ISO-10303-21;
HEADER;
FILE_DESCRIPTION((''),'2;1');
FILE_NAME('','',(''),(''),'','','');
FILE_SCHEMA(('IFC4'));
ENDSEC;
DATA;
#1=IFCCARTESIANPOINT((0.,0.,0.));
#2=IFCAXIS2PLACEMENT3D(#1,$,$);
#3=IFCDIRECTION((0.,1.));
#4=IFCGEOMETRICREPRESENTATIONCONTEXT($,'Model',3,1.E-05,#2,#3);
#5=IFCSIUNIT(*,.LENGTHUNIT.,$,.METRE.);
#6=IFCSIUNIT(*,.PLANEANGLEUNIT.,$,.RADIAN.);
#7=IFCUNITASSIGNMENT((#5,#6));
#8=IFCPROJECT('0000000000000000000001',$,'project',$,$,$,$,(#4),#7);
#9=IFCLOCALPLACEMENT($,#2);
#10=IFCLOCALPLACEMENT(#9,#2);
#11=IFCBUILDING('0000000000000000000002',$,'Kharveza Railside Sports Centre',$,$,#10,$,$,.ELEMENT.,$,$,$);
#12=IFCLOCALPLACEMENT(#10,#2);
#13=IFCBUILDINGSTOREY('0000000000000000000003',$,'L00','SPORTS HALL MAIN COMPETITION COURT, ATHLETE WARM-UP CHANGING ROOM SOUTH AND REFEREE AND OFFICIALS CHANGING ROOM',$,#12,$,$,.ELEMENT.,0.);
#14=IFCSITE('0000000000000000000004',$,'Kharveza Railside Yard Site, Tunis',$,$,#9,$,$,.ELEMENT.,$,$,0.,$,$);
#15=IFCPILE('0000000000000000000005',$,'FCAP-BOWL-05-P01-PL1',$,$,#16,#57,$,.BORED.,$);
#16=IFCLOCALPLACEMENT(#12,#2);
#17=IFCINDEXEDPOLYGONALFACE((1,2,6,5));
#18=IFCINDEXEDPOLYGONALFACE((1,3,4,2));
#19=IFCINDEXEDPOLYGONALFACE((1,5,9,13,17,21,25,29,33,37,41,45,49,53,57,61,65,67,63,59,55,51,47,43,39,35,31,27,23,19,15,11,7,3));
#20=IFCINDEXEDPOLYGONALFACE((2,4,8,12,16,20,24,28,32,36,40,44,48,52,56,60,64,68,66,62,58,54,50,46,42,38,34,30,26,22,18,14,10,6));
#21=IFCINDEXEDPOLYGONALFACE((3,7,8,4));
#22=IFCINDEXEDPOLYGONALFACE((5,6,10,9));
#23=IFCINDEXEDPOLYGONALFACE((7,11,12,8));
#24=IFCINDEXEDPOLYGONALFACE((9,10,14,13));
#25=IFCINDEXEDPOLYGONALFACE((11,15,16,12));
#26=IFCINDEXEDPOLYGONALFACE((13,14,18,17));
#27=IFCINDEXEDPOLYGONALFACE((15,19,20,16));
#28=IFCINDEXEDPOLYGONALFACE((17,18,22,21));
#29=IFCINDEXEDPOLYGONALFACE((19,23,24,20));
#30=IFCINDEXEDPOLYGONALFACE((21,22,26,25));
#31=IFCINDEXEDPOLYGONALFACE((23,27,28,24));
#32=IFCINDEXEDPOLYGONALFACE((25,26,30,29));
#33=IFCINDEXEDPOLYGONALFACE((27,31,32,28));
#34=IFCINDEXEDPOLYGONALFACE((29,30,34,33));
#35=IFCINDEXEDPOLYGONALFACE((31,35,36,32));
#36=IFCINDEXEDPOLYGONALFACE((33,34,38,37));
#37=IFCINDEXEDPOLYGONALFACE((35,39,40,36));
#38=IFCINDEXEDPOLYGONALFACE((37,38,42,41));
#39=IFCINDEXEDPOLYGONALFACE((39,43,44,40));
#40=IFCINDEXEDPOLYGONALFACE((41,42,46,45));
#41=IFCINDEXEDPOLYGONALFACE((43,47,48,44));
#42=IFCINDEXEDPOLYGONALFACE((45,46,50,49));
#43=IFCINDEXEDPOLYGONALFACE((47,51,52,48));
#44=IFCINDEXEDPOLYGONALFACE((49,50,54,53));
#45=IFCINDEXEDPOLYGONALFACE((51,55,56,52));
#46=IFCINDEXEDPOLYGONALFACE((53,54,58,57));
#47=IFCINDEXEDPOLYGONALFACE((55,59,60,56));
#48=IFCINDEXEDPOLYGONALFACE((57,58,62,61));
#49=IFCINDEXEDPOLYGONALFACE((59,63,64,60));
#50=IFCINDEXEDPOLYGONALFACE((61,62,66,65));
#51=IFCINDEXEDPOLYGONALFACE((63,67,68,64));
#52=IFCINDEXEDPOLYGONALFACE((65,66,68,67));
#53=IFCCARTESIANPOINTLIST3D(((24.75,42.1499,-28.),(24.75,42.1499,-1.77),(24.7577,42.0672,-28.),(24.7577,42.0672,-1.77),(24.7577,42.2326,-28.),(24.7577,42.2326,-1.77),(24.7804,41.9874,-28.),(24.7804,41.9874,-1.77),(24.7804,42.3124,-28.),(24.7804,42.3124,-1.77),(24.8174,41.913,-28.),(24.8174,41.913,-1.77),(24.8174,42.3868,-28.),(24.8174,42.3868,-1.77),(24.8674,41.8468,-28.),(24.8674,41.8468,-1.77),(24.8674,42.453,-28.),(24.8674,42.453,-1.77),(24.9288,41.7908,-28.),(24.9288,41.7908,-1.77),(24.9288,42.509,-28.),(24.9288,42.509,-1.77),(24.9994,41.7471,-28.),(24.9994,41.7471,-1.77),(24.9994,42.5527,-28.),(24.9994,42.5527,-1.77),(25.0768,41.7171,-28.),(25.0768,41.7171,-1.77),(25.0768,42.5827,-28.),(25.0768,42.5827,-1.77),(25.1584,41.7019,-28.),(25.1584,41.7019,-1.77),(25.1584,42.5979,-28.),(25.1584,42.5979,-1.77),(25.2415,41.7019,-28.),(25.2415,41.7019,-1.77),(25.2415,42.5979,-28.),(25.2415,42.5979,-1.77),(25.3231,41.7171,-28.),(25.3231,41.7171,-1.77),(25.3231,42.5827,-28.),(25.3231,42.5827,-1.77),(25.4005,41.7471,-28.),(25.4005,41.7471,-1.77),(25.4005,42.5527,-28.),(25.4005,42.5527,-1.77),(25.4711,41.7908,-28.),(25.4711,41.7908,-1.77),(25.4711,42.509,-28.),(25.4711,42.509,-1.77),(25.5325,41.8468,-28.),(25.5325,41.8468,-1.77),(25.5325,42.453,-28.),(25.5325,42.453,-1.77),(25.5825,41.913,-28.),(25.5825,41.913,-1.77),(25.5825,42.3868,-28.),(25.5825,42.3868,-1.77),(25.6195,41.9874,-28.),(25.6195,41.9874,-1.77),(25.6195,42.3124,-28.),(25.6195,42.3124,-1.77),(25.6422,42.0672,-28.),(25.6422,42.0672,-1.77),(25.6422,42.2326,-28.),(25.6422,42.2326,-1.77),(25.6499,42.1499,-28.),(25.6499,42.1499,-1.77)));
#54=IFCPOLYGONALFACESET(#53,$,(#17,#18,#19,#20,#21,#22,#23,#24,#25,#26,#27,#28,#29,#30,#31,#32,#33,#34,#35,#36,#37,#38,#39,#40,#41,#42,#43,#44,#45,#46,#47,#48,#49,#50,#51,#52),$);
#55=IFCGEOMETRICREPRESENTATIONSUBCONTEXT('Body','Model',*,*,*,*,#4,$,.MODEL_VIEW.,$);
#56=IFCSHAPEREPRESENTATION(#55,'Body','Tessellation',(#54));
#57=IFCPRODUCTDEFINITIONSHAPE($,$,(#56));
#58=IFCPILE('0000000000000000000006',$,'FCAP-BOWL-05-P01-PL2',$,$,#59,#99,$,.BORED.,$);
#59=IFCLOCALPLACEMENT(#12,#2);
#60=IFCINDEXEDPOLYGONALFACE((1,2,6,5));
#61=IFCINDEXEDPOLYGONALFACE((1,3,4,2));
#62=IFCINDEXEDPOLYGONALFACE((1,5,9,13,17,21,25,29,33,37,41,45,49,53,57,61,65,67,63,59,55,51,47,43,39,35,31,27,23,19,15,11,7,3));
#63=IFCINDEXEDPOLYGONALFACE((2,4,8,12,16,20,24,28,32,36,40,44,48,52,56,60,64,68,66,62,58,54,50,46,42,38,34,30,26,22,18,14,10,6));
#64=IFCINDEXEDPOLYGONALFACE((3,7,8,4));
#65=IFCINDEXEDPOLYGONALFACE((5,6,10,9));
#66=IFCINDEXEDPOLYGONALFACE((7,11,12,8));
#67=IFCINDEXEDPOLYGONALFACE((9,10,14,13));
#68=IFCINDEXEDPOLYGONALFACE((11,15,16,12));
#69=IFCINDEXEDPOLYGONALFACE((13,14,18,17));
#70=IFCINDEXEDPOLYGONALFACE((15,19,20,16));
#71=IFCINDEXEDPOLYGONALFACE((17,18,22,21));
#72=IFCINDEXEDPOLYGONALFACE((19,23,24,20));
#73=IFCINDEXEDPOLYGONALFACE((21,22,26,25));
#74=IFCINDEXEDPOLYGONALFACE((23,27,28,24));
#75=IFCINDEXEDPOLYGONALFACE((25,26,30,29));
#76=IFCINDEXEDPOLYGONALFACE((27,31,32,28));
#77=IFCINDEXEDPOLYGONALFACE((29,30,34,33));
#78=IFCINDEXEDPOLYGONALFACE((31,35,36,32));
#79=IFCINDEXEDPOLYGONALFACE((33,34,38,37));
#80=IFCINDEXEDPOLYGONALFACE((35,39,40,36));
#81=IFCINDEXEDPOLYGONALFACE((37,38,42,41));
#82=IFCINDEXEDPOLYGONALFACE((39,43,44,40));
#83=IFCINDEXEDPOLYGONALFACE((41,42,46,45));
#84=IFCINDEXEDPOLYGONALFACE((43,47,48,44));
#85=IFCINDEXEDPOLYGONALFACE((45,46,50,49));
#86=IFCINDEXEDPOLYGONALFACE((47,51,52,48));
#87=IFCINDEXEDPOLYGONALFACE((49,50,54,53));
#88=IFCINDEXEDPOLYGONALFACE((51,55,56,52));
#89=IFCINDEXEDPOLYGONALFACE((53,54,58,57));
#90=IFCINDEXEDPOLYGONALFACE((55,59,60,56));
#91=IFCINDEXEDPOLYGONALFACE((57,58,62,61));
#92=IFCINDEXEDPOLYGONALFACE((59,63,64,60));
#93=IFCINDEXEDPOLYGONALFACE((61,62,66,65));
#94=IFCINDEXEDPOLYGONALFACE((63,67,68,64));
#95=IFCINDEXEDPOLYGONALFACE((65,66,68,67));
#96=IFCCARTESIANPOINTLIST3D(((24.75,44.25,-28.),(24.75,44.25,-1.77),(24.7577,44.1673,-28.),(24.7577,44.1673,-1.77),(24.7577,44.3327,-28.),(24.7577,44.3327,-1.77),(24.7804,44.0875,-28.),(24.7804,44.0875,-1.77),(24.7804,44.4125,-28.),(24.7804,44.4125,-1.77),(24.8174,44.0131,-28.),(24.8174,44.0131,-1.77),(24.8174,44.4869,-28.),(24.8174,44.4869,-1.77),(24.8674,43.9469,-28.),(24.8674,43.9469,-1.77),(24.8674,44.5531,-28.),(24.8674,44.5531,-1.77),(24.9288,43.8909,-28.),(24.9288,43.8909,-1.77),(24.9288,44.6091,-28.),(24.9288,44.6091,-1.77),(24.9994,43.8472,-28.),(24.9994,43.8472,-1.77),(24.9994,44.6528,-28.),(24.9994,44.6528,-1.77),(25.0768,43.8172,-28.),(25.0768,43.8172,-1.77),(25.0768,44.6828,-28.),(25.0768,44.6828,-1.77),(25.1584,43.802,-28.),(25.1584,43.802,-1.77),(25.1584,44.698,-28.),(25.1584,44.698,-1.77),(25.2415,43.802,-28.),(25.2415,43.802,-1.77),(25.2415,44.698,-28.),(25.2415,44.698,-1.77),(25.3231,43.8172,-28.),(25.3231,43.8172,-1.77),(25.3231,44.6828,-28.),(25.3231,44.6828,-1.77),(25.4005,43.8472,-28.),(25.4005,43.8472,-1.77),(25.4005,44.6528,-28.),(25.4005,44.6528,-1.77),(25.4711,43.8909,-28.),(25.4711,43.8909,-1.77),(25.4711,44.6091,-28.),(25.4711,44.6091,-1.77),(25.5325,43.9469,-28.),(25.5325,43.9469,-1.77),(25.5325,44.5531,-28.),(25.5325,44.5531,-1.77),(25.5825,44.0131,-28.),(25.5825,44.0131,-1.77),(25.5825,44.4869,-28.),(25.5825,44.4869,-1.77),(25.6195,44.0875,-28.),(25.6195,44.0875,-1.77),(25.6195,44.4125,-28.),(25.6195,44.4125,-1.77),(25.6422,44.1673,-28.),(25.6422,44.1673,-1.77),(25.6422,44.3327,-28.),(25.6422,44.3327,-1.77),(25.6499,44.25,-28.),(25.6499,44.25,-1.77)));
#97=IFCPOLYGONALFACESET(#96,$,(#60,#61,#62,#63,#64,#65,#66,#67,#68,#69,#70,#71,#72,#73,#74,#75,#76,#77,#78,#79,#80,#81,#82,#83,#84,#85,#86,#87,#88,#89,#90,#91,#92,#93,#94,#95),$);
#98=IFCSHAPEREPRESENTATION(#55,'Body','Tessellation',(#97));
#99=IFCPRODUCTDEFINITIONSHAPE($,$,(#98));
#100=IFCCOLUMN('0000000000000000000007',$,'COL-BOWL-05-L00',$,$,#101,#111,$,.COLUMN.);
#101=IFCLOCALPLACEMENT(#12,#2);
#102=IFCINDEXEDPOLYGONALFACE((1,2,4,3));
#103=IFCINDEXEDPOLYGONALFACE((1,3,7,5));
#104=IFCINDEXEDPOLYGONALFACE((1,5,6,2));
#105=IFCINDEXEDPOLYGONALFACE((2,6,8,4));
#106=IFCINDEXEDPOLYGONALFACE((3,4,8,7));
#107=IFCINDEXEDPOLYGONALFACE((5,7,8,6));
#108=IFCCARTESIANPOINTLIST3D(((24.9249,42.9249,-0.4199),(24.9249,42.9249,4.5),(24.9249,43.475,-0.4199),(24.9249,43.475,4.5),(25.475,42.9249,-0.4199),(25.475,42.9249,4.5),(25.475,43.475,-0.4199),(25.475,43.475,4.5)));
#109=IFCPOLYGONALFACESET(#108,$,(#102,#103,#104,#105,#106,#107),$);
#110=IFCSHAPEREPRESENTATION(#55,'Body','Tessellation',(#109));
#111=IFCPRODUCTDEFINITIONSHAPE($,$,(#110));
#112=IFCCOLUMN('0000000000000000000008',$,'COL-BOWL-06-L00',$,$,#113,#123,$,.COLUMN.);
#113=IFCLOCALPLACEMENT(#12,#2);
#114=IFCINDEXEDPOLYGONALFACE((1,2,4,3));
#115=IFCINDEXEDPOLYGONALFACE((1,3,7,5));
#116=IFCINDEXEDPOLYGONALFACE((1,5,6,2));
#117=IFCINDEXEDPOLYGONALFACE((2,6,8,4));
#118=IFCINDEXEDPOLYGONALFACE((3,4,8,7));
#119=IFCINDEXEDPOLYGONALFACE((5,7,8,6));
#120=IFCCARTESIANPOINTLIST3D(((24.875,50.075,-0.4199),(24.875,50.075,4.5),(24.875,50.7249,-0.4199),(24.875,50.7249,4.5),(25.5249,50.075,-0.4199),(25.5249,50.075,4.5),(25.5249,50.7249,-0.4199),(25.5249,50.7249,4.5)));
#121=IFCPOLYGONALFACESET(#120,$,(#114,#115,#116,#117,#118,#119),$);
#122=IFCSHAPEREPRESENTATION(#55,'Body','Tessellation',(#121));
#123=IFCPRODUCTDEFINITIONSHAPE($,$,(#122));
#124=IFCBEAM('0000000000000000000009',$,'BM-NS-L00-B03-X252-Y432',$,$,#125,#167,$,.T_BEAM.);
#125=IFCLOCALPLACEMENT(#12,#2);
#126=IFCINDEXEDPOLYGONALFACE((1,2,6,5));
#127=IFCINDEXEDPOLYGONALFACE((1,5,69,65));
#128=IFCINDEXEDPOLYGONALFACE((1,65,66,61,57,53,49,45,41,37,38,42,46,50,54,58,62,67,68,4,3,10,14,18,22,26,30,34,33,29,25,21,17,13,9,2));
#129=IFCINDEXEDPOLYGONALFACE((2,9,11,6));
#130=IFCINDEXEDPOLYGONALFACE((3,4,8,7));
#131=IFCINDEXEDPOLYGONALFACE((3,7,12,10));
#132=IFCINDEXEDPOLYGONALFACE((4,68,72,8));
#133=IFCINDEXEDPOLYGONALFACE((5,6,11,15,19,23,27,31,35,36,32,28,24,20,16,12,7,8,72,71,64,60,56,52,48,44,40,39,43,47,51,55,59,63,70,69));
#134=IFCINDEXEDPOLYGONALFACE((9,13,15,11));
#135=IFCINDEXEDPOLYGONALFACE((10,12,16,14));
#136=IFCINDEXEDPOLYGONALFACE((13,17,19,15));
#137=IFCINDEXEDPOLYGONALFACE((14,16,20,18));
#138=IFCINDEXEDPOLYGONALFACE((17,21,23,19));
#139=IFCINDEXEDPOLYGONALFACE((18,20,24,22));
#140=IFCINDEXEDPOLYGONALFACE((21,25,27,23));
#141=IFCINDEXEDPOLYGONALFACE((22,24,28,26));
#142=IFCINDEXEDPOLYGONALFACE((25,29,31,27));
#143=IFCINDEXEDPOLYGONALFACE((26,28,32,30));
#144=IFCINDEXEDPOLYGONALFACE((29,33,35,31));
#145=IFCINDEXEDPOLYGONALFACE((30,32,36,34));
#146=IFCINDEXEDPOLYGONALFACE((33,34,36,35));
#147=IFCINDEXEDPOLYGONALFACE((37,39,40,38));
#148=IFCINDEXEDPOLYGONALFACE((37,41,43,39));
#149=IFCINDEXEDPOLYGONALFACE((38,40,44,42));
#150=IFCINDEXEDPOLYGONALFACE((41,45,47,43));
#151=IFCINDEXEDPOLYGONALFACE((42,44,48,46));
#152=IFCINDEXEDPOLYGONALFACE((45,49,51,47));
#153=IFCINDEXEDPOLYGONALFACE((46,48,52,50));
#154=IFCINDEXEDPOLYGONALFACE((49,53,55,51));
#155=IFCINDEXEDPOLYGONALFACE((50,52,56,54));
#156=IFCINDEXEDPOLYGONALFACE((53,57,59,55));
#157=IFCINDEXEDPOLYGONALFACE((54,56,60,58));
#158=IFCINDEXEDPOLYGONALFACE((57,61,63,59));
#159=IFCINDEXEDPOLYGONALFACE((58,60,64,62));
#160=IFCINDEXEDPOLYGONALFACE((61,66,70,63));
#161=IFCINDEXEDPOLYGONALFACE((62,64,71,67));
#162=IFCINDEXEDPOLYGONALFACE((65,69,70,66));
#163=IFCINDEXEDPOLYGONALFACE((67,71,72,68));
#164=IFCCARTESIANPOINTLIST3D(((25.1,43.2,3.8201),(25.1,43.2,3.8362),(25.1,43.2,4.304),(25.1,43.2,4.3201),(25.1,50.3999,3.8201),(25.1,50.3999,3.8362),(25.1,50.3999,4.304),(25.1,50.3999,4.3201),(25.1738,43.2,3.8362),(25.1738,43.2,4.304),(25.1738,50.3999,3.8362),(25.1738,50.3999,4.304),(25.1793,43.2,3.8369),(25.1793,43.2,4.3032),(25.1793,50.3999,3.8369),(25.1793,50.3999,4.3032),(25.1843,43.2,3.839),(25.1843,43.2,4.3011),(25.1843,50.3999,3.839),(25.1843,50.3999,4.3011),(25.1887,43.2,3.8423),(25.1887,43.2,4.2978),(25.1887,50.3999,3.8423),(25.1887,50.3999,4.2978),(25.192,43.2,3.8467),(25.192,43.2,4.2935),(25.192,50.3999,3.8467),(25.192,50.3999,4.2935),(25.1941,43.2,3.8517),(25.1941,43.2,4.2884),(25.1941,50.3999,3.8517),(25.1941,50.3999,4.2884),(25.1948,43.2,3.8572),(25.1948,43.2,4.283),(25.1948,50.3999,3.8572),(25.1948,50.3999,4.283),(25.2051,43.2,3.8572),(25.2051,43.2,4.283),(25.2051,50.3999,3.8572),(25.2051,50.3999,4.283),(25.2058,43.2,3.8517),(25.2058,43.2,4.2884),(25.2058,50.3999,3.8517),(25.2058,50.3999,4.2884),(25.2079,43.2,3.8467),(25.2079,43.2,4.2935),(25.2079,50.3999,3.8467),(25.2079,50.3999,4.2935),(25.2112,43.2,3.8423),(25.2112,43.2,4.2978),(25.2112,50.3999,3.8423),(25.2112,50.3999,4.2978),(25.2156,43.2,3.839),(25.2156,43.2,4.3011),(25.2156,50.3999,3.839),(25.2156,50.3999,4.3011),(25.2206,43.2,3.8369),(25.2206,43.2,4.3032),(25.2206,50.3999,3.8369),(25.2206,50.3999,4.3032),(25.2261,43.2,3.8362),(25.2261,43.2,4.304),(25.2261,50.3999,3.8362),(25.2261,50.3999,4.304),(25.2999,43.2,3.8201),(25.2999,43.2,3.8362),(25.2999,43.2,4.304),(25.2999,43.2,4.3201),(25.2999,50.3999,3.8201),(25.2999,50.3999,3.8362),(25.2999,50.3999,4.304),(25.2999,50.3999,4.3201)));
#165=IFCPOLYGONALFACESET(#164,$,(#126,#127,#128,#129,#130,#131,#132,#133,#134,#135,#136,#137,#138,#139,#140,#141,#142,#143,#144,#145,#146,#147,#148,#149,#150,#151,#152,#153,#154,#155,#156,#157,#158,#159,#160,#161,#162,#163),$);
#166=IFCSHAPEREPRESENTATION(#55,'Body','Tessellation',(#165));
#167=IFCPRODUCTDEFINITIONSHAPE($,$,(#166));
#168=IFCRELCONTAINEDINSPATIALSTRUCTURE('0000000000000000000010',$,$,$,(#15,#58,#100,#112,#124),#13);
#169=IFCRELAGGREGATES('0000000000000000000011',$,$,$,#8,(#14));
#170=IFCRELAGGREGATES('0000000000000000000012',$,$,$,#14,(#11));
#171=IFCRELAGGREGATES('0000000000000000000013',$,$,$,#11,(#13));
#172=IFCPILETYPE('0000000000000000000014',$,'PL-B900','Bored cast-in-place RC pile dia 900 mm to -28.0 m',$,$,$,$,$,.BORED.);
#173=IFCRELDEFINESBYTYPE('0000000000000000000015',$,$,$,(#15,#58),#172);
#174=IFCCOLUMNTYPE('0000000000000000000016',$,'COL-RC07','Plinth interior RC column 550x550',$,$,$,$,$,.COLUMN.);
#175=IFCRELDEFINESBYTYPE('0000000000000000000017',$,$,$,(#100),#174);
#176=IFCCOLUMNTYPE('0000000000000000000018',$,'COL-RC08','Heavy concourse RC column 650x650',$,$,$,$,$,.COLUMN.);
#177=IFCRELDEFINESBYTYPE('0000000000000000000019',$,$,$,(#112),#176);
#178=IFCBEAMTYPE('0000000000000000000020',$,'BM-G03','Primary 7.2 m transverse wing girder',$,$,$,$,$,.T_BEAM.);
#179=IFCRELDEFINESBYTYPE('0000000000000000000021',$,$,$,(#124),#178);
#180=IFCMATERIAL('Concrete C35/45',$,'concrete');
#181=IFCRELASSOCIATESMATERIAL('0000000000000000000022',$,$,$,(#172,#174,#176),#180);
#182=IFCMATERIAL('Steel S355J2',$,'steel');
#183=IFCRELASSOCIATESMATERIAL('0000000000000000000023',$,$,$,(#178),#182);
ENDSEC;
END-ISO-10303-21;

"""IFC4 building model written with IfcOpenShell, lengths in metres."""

from ifc_helpers import new_model, si_unit, direction, frame, origin, origin_2d, place, context, subcontext, project, spatial, rectangle, circle, i_section, extrude, material, material_profile, profile_set, type_object, element, save


model = new_model("IFC4")

# Units and contexts
model_context = context("Model", 3, precision=1e-05, world=origin(), true_north=direction((0.0, 1.0)))
body_context = subcontext(model_context, "Body", "Model", "MODEL_VIEW")
ifc_project = project(units=[si_unit("LENGTHUNIT", "METRE"), si_unit("PLANEANGLEUNIT", "RADIAN")], contexts=[model_context])

# Site, building, storey
site_placement = place(None, origin())
site = spatial("IfcSite", under=ifc_project, at=site_placement, Name="Kharveza Railside Yard Site, Tunis", CompositionType="ELEMENT", RefElevation=0.0)
building_placement = place(site_placement, origin())
building = spatial("IfcBuilding", under=site, at=building_placement, Name="Kharveza Railside Sports Centre", CompositionType="ELEMENT")
storey_placement = place(building_placement, origin())
storey = spatial("IfcBuildingStorey", under=building, at=storey_placement, Name="L00", Description="SPORTS HALL MAIN COMPETITION COURT, ATHLETE WARM-UP CHANGING ROOM SOUTH AND REFEREE AND OFFICIALS CHANGING ROOM", CompositionType="ELEMENT", Elevation=0.0)

# Shared definitions
ifc_material_1 = material(Name="Concrete C35/45", Category="concrete")

# Piles
ifc_material_profile_1 = material_profile(ifc_material_1, circle(Radius=0.45, at=origin_2d()), Name="PILE D900")
ifc_profile_set_1 = profile_set([ifc_material_profile_1], Name="Concrete C35/45")
pile_type_1 = type_object("IfcPileType", Name="PL-B900", Description="Bored cast-in-place RC pile dia 900 mm to -28.0 m", PredefinedType="BORED", material=ifc_profile_set_1)
for number, where, z_axis, x_axis, name in (
    (1, (25.2, 42.1499, -1.77), (0.0, 0.0, -1.0), (1.0, 0.0, 0.0), "FCAP-BOWL-05-P01-PL1"),
    (2, (25.2, 44.25, -1.77), (0.0, 0.0, -1.0), (1.0, 0.0, 0.0), "FCAP-BOWL-05-P01-PL2"),
):
    element("IfcPile", number, at=place(storey_placement, frame(where, z_axis=z_axis, x_axis=x_axis)), inside=storey, type_object=pile_type_1, Name=name, PredefinedType="BORED", context=body_context, shape_type="SweptSolid", body=[
        extrude(circle(Radius=0.45, at=origin_2d()), origin(), (0.0, 0.0, 1.0), 26.23),
    ])

# Columns
ifc_material_profile_2 = material_profile(ifc_material_1, rectangle(XDim=0.55, YDim=0.55, at=origin_2d()), Name="RC 550x550")
ifc_profile_set_2 = profile_set([ifc_material_profile_2], Name="Concrete C35/45")
column_type_1 = type_object("IfcColumnType", Name="COL-RC07", Description="Plinth interior RC column 550x550", PredefinedType="COLUMN", material=ifc_profile_set_2)
column_1_placement = place(storey_placement, frame((25.2, 43.2, -0.4199), z_axis=(0.0, 0.0, 1.0), x_axis=(1.0, 0.0, 0.0)))
element("IfcColumn", 3, at=column_1_placement, inside=storey, type_object=column_type_1, Name="COL-BOWL-05-L00", PredefinedType="COLUMN", context=body_context, shape_type="SweptSolid", body=[
    extrude(rectangle(XDim=0.55, YDim=0.55, at=origin_2d()), origin(), (0.0, 0.0, 1.0), 4.9199),
])
ifc_material_profile_3 = material_profile(ifc_material_1, rectangle(XDim=0.6499, YDim=0.6499, at=origin_2d()), Name="RC 650x650")
ifc_profile_set_3 = profile_set([ifc_material_profile_3], Name="Concrete C35/45")
column_type_2 = type_object("IfcColumnType", Name="COL-RC08", Description="Heavy concourse RC column 650x650", PredefinedType="COLUMN", material=ifc_profile_set_3)
column_2_placement = place(storey_placement, frame((25.2, 50.3999, -0.4199), z_axis=(0.0, 0.0, 1.0), x_axis=(1.0, 0.0, 0.0)))
element("IfcColumn", 4, at=column_2_placement, inside=storey, type_object=column_type_2, Name="COL-BOWL-06-L00", PredefinedType="COLUMN", context=body_context, shape_type="SweptSolid", body=[
    extrude(rectangle(XDim=0.6499, YDim=0.6499, at=origin_2d()), origin(), (0.0, 0.0, 1.0), 4.9199),
])

# Beam
ifc_material_2 = material(Name="Steel S355J2", Category="steel")
ifc_material_profile_4 = material_profile(ifc_material_2, i_section(OverallWidth=0.2, OverallDepth=0.5, WebThickness=0.0103, FlangeThickness=0.0161, FilletRadius=0.021, at=origin_2d()), Name="IPE 500")
ifc_profile_set_4 = profile_set([ifc_material_profile_4], Name="Steel S355J2")
beam_type_1 = type_object("IfcBeamType", Name="BM-G03", Description="Primary 7.2 m transverse wing girder", PredefinedType="T_BEAM", material=ifc_profile_set_4)
beam_1_placement = place(storey_placement, frame((25.2, 43.2, 4.0701), z_axis=(0.0, 1.0, 0.0), x_axis=(-1.0, 0.0, 0.0)))
element("IfcBeam", 5, at=beam_1_placement, inside=storey, type_object=beam_type_1, Name="BM-NS-L00-B03-X252-Y432", PredefinedType="T_BEAM", context=body_context, shape_type="SweptSolid", body=[
    extrude(i_section(OverallWidth=0.2, OverallDepth=0.5, WebThickness=0.0103, FlangeThickness=0.0161, FilletRadius=0.021, at=origin_2d()), origin(), (0.0, 0.0, 1.0), 7.2),
])

save(model, "model.ifc")
